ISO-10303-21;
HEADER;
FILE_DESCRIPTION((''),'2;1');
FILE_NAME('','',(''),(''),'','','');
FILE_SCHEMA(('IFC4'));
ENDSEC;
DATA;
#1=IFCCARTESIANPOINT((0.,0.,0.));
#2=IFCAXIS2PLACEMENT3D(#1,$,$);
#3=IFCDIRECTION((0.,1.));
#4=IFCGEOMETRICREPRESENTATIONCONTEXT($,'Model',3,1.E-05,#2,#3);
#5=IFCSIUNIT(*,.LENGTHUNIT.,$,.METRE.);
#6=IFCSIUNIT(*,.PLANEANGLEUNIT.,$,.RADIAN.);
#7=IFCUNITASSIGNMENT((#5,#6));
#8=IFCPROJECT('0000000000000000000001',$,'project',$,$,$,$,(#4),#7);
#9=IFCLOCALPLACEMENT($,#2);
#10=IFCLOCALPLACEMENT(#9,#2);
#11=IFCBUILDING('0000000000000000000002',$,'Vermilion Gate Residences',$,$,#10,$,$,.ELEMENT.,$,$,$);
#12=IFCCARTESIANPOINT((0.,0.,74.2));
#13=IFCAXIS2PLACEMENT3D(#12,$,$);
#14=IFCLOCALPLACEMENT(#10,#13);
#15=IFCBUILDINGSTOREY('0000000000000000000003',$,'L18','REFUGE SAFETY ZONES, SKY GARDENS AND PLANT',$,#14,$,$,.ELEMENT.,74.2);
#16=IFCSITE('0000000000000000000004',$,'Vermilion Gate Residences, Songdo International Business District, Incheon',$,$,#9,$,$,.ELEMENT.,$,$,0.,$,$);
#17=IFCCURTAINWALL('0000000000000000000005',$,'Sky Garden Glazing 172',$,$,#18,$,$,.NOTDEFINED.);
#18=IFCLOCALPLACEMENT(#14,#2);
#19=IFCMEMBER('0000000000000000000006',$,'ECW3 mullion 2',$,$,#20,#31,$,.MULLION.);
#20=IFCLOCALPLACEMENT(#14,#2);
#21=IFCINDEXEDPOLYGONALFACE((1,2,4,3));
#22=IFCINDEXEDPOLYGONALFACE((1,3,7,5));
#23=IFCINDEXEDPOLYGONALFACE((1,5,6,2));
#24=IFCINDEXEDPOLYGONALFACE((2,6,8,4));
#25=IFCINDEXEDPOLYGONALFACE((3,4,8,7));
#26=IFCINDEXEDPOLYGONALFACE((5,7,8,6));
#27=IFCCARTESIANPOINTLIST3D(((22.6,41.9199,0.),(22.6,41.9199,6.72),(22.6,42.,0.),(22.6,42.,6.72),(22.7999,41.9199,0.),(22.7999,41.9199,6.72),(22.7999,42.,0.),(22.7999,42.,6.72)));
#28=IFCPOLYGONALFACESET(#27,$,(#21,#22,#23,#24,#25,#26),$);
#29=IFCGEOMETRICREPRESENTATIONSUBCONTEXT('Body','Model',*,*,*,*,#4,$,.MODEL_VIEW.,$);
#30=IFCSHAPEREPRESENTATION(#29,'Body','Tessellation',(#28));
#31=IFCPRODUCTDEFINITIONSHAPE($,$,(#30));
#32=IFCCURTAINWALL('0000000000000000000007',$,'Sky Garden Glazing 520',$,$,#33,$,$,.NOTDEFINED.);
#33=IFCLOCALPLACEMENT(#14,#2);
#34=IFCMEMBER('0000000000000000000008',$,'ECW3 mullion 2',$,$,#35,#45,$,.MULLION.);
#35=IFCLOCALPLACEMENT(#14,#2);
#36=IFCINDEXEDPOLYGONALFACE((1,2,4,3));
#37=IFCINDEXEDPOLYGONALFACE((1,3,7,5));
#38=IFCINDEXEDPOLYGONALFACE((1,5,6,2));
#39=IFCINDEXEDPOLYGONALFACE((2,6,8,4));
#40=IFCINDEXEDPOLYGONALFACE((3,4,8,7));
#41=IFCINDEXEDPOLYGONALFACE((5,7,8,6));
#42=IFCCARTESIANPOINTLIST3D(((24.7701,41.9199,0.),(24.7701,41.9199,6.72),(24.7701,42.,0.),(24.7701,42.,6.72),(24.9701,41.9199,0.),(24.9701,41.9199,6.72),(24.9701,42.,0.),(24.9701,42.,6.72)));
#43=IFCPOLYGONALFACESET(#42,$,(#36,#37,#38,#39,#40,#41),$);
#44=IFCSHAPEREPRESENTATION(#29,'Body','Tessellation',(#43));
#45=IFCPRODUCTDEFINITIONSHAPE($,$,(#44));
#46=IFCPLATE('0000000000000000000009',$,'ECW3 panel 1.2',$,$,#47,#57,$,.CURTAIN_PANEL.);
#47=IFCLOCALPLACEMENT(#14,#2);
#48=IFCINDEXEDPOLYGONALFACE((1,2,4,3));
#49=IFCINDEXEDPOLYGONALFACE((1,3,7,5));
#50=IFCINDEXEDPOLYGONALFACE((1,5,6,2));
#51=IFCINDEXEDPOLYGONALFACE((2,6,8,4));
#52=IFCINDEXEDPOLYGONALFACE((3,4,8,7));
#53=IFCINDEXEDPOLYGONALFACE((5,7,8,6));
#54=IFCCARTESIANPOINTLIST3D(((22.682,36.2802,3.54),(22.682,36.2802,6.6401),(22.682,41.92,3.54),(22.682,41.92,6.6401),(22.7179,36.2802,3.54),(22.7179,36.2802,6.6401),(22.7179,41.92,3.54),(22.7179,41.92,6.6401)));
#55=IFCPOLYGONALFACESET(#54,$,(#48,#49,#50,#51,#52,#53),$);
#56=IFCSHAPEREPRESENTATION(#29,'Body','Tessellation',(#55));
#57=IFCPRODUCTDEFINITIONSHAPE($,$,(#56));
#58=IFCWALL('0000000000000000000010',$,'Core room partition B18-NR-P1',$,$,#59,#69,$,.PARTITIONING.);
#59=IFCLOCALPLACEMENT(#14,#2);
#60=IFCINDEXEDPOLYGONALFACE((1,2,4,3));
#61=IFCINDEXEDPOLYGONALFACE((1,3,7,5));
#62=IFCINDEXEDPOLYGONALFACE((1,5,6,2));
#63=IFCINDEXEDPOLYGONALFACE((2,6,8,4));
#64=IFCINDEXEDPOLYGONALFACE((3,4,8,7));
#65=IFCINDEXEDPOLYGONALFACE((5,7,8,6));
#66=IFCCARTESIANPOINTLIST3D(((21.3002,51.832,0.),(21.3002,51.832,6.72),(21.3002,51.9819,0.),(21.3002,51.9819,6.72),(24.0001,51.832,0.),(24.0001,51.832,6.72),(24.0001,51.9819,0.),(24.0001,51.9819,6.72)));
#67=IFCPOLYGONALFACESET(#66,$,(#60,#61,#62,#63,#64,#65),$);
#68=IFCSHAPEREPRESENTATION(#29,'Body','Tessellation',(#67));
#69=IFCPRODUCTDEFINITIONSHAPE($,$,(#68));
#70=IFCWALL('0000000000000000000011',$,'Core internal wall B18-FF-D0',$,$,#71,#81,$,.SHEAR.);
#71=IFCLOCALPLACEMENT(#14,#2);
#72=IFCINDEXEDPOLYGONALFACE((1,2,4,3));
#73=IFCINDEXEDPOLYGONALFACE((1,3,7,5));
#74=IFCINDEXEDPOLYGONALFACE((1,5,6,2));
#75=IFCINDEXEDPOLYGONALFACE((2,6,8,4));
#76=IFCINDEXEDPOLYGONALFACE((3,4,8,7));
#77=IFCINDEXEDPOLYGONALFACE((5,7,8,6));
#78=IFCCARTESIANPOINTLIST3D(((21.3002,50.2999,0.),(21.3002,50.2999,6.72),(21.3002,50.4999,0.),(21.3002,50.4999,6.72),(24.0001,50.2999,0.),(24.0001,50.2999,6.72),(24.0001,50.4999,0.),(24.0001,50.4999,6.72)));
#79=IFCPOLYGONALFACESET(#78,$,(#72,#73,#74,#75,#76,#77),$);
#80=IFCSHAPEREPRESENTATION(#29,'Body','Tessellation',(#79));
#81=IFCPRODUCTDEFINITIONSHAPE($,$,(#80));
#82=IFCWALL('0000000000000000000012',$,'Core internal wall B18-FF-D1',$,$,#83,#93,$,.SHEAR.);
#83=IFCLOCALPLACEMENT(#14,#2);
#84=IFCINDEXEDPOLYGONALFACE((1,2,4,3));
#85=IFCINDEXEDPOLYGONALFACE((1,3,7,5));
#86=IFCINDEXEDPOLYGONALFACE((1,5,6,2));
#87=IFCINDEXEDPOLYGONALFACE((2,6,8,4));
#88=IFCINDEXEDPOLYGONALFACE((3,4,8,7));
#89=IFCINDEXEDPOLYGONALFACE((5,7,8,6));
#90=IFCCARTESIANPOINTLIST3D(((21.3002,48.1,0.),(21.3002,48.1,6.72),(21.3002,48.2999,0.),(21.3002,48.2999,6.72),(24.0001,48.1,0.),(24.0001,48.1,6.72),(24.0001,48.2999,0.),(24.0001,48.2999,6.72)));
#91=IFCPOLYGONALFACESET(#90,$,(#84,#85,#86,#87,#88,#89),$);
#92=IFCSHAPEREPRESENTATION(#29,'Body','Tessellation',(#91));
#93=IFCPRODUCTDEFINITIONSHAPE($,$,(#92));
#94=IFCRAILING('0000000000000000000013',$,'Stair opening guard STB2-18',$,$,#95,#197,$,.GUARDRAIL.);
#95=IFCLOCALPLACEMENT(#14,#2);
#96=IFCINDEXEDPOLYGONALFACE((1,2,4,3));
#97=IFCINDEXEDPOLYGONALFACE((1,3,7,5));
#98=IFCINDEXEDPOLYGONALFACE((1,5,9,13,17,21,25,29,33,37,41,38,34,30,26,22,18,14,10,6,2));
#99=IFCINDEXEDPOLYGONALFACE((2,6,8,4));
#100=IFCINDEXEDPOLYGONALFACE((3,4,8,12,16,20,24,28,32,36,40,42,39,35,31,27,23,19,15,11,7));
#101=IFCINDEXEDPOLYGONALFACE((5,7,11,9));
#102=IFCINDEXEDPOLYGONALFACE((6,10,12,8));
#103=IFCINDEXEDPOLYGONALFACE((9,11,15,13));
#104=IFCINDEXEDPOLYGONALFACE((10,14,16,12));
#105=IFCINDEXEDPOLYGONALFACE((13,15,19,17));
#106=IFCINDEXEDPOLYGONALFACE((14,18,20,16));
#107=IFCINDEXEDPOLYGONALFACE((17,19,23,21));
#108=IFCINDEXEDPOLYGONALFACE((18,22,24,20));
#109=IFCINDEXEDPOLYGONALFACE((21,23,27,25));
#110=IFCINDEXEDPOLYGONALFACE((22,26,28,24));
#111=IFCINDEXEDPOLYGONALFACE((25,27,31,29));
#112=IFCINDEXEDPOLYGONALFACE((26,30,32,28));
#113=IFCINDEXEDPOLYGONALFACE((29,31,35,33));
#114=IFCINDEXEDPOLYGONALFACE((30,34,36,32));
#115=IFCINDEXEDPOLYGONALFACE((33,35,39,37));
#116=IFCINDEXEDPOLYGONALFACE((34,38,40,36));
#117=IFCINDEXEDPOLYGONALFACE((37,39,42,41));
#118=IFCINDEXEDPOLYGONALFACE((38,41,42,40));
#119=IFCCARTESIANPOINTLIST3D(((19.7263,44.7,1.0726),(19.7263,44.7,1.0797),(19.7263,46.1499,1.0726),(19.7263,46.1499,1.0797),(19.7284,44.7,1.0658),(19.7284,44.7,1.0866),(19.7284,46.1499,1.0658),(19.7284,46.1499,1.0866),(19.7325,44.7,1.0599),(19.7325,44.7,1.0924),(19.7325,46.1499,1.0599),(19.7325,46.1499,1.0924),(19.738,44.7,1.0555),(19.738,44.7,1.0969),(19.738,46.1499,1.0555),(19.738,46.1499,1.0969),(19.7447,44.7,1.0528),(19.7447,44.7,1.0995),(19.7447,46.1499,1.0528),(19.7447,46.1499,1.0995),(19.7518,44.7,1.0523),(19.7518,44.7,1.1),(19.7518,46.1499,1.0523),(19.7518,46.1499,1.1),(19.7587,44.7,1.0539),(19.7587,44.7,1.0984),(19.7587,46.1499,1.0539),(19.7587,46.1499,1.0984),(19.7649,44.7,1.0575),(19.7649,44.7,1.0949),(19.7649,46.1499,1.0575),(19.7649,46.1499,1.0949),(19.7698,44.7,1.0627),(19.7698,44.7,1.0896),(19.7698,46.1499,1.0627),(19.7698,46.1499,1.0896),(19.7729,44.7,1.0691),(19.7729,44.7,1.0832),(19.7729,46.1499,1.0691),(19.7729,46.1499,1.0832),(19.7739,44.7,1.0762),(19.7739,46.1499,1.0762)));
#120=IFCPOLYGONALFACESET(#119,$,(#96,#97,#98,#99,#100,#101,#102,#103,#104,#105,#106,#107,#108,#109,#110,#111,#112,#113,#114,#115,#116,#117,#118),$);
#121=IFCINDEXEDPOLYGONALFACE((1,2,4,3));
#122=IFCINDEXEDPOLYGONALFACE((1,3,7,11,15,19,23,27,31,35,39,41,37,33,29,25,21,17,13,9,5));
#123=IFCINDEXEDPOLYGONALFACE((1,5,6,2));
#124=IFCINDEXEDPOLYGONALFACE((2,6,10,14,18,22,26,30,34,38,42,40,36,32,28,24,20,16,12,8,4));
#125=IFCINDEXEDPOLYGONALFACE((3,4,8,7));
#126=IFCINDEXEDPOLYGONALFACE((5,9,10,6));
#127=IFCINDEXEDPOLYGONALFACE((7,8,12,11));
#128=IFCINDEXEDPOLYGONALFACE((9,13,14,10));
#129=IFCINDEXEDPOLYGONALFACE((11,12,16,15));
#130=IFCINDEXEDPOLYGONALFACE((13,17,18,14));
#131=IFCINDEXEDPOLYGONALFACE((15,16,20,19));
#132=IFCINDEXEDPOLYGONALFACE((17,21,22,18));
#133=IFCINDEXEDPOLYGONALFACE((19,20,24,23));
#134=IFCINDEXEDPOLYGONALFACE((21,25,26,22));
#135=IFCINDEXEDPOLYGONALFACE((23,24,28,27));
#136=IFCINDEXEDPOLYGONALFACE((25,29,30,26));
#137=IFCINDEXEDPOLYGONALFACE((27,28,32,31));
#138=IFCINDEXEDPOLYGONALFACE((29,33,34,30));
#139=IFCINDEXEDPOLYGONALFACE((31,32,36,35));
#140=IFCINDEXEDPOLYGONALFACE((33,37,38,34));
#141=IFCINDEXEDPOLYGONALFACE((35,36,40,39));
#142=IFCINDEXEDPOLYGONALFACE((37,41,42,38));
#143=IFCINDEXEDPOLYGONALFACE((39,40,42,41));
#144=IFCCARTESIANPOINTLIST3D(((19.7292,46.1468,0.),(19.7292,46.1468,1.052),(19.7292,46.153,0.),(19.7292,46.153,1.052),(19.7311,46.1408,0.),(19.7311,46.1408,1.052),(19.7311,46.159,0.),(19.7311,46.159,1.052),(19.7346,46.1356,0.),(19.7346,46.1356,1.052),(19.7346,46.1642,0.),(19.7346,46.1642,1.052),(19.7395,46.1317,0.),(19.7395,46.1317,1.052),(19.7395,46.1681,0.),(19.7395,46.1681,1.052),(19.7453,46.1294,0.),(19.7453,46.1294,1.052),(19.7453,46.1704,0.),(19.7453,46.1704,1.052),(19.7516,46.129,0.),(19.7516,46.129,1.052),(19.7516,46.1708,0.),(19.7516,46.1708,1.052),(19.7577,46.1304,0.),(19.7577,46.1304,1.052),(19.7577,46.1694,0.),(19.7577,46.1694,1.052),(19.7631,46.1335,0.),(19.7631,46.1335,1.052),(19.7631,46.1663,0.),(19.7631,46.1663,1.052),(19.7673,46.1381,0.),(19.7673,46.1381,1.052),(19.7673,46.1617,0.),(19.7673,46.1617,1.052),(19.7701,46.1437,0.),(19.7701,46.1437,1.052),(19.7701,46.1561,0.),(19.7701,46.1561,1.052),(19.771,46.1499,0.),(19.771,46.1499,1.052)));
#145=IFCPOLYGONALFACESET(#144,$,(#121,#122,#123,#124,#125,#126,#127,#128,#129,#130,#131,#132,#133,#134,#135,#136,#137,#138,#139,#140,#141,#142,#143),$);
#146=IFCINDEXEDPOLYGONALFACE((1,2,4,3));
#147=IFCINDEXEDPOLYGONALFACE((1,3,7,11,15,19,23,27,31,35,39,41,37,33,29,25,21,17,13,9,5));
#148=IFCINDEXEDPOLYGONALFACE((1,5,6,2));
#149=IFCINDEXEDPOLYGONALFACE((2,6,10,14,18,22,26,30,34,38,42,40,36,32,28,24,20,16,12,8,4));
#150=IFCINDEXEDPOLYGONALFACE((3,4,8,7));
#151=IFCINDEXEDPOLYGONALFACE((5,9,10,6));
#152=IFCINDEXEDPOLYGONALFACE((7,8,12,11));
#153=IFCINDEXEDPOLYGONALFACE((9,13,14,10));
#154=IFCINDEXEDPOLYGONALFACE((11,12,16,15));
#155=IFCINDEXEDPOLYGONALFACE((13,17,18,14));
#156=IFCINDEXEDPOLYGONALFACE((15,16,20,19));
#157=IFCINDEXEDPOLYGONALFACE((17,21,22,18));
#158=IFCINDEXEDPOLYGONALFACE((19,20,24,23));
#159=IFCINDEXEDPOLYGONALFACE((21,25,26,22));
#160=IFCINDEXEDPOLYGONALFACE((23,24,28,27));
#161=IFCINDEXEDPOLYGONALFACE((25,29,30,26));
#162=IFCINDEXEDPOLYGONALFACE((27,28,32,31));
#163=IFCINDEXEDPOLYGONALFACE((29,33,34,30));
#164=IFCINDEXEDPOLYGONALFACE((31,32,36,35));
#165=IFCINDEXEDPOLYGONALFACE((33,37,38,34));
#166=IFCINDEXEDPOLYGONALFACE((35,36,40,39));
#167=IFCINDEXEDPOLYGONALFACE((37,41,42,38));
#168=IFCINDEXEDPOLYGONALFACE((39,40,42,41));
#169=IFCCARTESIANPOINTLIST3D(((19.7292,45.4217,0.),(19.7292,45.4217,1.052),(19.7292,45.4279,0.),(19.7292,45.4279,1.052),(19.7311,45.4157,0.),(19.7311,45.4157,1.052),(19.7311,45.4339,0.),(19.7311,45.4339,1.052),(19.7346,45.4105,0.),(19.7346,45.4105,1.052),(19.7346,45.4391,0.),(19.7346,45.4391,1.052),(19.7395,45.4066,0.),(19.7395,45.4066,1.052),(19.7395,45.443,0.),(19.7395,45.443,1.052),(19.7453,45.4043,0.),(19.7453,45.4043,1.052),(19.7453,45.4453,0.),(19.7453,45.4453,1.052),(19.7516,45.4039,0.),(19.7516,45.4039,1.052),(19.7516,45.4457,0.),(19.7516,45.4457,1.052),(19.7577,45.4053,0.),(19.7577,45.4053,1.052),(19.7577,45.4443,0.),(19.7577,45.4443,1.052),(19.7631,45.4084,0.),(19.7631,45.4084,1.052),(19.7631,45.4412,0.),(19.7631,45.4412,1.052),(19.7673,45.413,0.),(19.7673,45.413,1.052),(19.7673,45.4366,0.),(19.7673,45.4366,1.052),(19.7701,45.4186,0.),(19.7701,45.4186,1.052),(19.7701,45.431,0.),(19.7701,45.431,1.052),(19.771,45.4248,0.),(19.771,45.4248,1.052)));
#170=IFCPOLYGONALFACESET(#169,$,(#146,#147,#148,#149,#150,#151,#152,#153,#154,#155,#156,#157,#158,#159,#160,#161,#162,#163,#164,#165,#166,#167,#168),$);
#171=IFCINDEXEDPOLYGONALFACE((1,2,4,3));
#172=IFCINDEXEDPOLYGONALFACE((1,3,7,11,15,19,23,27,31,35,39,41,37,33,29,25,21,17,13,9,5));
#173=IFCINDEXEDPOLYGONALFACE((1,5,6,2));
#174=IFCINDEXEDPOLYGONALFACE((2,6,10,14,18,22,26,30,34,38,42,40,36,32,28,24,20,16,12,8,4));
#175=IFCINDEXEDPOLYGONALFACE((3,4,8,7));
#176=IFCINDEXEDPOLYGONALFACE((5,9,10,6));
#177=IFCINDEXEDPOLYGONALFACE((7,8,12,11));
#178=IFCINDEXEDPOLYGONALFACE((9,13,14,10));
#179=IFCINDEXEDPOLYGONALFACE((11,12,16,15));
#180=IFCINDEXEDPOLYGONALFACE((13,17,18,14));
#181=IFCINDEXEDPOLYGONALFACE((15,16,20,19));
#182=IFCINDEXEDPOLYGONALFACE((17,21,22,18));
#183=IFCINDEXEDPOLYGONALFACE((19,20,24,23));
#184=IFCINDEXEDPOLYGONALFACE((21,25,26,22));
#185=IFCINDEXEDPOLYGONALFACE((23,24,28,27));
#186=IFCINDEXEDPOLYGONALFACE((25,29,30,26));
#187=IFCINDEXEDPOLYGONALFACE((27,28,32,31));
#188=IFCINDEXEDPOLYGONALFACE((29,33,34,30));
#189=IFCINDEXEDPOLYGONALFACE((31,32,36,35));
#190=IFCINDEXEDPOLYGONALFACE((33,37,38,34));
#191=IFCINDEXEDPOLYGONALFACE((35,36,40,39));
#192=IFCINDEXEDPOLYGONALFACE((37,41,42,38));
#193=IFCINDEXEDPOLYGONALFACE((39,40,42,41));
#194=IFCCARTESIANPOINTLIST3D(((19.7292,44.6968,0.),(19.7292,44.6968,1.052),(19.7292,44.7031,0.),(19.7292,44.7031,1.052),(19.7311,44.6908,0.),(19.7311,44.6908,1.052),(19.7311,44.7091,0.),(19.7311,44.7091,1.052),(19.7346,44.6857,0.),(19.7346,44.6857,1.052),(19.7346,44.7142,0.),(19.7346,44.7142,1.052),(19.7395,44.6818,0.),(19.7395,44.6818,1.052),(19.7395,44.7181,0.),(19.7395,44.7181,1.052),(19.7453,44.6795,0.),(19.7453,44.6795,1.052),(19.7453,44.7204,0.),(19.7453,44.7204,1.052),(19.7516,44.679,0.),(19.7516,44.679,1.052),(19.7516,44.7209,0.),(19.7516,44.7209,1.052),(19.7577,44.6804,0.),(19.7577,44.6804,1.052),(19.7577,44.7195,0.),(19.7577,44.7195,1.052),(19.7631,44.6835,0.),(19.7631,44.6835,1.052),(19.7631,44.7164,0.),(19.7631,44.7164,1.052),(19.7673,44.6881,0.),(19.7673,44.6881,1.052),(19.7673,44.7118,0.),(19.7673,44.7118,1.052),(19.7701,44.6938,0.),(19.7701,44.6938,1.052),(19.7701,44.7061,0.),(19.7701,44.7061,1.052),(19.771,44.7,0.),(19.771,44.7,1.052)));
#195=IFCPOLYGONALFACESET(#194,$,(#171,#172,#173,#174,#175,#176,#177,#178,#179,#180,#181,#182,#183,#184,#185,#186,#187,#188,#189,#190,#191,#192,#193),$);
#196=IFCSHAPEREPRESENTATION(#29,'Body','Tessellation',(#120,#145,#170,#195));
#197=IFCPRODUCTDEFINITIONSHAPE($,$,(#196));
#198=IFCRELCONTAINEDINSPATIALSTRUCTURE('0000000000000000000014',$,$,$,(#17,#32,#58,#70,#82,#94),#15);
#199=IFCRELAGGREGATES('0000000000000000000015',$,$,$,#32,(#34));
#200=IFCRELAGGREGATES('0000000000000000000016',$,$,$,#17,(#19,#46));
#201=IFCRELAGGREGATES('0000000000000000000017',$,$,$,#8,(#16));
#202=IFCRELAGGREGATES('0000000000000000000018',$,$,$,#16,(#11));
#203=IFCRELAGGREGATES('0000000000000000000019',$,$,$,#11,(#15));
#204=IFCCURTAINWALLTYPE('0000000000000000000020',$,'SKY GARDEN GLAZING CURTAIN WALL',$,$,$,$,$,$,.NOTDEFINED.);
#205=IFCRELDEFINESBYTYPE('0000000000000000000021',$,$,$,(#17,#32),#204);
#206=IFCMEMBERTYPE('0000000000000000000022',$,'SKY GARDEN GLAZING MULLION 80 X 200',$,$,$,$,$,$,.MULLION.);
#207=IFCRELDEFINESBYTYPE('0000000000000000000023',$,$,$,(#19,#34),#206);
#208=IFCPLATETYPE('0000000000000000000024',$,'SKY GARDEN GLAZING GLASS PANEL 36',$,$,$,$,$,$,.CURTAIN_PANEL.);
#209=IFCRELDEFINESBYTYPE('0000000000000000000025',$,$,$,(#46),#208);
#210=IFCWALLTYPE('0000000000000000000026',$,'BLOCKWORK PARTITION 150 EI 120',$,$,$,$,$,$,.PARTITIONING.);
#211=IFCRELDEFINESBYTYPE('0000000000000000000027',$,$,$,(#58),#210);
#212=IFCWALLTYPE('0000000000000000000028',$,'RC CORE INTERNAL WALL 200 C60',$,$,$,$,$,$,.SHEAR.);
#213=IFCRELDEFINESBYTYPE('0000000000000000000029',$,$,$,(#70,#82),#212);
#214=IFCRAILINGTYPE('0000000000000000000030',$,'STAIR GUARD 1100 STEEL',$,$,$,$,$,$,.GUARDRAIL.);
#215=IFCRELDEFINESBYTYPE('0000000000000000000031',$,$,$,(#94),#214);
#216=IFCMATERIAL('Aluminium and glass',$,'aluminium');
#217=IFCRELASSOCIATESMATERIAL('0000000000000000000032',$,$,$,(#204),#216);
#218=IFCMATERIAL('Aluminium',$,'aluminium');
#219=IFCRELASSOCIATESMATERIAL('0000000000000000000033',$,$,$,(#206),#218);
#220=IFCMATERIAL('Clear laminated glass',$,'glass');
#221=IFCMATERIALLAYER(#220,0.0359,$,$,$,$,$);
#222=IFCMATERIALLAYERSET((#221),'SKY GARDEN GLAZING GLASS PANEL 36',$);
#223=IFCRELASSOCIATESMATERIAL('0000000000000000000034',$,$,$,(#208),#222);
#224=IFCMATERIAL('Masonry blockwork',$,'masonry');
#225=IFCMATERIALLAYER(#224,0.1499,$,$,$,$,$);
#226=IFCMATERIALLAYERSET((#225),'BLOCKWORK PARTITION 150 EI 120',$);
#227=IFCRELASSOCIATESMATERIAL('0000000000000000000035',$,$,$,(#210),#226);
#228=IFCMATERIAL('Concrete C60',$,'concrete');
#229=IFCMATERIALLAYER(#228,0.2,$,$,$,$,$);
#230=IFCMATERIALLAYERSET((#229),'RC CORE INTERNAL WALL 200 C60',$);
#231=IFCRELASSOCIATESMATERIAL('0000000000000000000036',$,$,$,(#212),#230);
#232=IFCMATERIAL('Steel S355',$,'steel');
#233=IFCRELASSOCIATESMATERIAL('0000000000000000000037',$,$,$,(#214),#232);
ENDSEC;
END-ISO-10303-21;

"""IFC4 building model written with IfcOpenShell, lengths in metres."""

from ifc_helpers import new_model, si_unit, direction, frame, frame_2d, origin, origin_2d, place, context, subcontext, project, spatial, rectangle, circle, extrude, material, layer, layer_set, material_profile, profile_set, type_object, element, aggregate, save


model = new_model("IFC4")

# Units and contexts
model_context = context("Model", 3, precision=1e-05, world=origin(), true_north=direction((0.0, 1.0)))
body_context = subcontext(model_context, "Body", "Model", "MODEL_VIEW")
ifc_project = project(units=[si_unit("LENGTHUNIT", "METRE"), si_unit("PLANEANGLEUNIT", "RADIAN")], contexts=[model_context])

# Site, building, storey
site_placement = place(None, origin())
site = spatial("IfcSite", under=ifc_project, at=site_placement, Name="Vermilion Gate Residences, Songdo International Business District, Incheon", CompositionType="ELEMENT", RefElevation=0.0)
building_placement = place(site_placement, origin())
building = spatial("IfcBuilding", under=site, at=building_placement, Name="Vermilion Gate Residences", CompositionType="ELEMENT")
storey_placement = place(building_placement, frame((0.0, 0.0, 74.2)))
storey = spatial("IfcBuildingStorey", under=building, at=storey_placement, Name="L18", Description="REFUGE SAFETY ZONES, SKY GARDENS AND PLANT", CompositionType="ELEMENT", Elevation=74.2)

# Curtain walls, members
ifc_material_1 = material(Name="Aluminium and glass", Category="aluminium")
curtain_wall_type = type_object("IfcCurtainWallType", Name="SKY GARDEN GLAZING CURTAIN WALL", PredefinedType="NOTDEFINED", material=ifc_material_1)
curtain_wall_1_placement = place(storey_placement, origin())
curtain_wall_1 = element("IfcCurtainWall", 1, at=curtain_wall_1_placement, inside=storey, type_object=curtain_wall_type, Name="Sky Garden Glazing 172", PredefinedType="NOTDEFINED")
ifc_material_2 = material(Name="Aluminium", Category="aluminium")
ifc_material_profile = material_profile(ifc_material_2, rectangle(XDim=0.2, YDim=0.0801, at=origin_2d()), Name="MULLION 80 X 200")
ifc_profile_set = profile_set([ifc_material_profile], Name="Aluminium")
member_type = type_object("IfcMemberType", Name="SKY GARDEN GLAZING MULLION 80 X 200", PredefinedType="MULLION", material=ifc_profile_set)
member_1_placement = place(storey_placement, frame((22.7, 41.96, 0.0), z_axis=(0.0, 0.0, 1.0), x_axis=(-1.0, 0.0, 0.0)))
member_1 = element("IfcMember", 2, at=member_1_placement, type_object=member_type, Name="ECW3 mullion 2", PredefinedType="MULLION", context=body_context, shape_type="SweptSolid", body=[
    extrude(rectangle(XDim=0.2, YDim=0.0801, at=origin_2d()), origin(), (0.0, 0.0, 1.0), 6.72),
])
curtain_wall_2_placement = place(storey_placement, origin())
curtain_wall_2 = element("IfcCurtainWall", 3, at=curtain_wall_2_placement, inside=storey, type_object=curtain_wall_type, Name="Sky Garden Glazing 520", PredefinedType="NOTDEFINED")
member_2_placement = place(storey_placement, frame((24.8701, 41.96, 0.0), z_axis=(0.0, 0.0, 1.0), x_axis=(-1.0, 0.0, 0.0)))
member_2 = element("IfcMember", 4, at=member_2_placement, type_object=member_type, Name="ECW3 mullion 2", PredefinedType="MULLION", context=body_context, shape_type="SweptSolid", body=[
    extrude(rectangle(XDim=0.2, YDim=0.0801, at=origin_2d()), origin(), (0.0, 0.0, 1.0), 6.72),
])
aggregate(curtain_wall_2, [member_2])

# Plate
ifc_material_3 = material(Name="Clear laminated glass", Category="glass")
ifc_layer_1 = layer(ifc_material_3, 0.0359)
ifc_layer_set_1 = layer_set([ifc_layer_1], Name="SKY GARDEN GLAZING GLASS PANEL 36")
plate_type = type_object("IfcPlateType", Name="SKY GARDEN GLAZING GLASS PANEL 36", PredefinedType="CURTAIN_PANEL", material=ifc_layer_set_1)
plate_placement = place(storey_placement, frame((22.7, 39.1001, 3.54), z_axis=(0.0, 0.0, 1.0), x_axis=(0.0, 1.0, 0.0)))
plate = element("IfcPlate", 5, at=plate_placement, type_object=plate_type, Name="ECW3 panel 1.2", PredefinedType="CURTAIN_PANEL", context=body_context, shape_type="SweptSolid", body=[
    extrude(rectangle(XDim=5.6399, YDim=0.0359, at=origin_2d()), origin(), (0.0, 0.0, 1.0), 3.1001),
])
aggregate(curtain_wall_1, [member_1, plate])

# Walls
ifc_material_4 = material(Name="Masonry blockwork", Category="masonry")
ifc_layer_2 = layer(ifc_material_4, 0.1499)
ifc_layer_set_2 = layer_set([ifc_layer_2], Name="BLOCKWORK PARTITION 150 EI 120")
wall_type_1 = type_object("IfcWallType", Name="BLOCKWORK PARTITION 150 EI 120", PredefinedType="PARTITIONING", material=ifc_layer_set_2)
wall_placement = place(storey_placement, frame((21.3, 51.907, 0.0), z_axis=(0.0, 0.0, 1.0), x_axis=(1.0, 0.0, 0.0)))
element("IfcWall", 6, at=wall_placement, inside=storey, type_object=wall_type_1, Name="Core room partition B18-NR-P1", PredefinedType="PARTITIONING", context=body_context, shape_type="SweptSolid", body=[
    extrude(rectangle(XDim=2.7, YDim=0.1499, at=frame_2d((1.3501, 0.0))), origin(), (0.0, 0.0, 1.0), 6.72),
])
ifc_material_5 = material(Name="Concrete C60", Category="concrete")
ifc_layer_3 = layer(ifc_material_5, 0.2)
ifc_layer_set_3 = layer_set([ifc_layer_3], Name="RC CORE INTERNAL WALL 200 C60")
wall_type_2 = type_object("IfcWallType", Name="RC CORE INTERNAL WALL 200 C60", PredefinedType="SHEAR", material=ifc_layer_set_3)
for number, where, z_axis, x_axis, name in (
    (7, (21.3, 50.3999, 0.0), (0.0, 0.0, 1.0), (1.0, 0.0, 0.0), "Core internal wall B18-FF-D0"),
    (8, (21.3, 48.2, 0.0), (0.0, 0.0, 1.0), (1.0, 0.0, 0.0), "Core internal wall B18-FF-D1"),
):
    element("IfcWall", number, at=place(storey_placement, frame(where, z_axis=z_axis, x_axis=x_axis)), inside=storey, type_object=wall_type_2, Name=name, PredefinedType="SHEAR", context=body_context, shape_type="SweptSolid", body=[
        extrude(rectangle(XDim=2.7, YDim=0.2, at=frame_2d((1.3501, 0.0))), origin(), (0.0, 0.0, 1.0), 6.72),
    ])

# Railing
ifc_material_6 = material(Name="Steel S355", Category="steel")
railing_type = type_object("IfcRailingType", Name="STAIR GUARD 1100 STEEL", PredefinedType="GUARDRAIL", material=ifc_material_6)
railing_placement = place(storey_placement, frame((19.75, 46.1499, 0.0)))
element("IfcRailing", 9, at=railing_placement, inside=storey, type_object=railing_type, Name="Stair opening guard STB2-18", PredefinedType="GUARDRAIL", context=body_context, shape_type="SweptSolid", body=[
    extrude(circle(Radius=0.0239, at=origin_2d()), frame((0.0, 0.0, 1.0762), z_axis=(0.0, -1.0, 0.0), x_axis=(1.0, 0.0, 0.0)), (0.0, 0.0, 1.0), 1.45),
    extrude(circle(Radius=0.021, at=origin_2d()), origin(), (0.0, 0.0, 1.0), 1.052),
    extrude(circle(Radius=0.021, at=origin_2d()), frame((0.0, -0.7251, 0.0)), (0.0, 0.0, 1.0), 1.052),
    extrude(circle(Radius=0.021, at=origin_2d()), frame((0.0, -1.45, 0.0)), (0.0, 0.0, 1.0), 1.052),
])

save(model, "model.ifc")
